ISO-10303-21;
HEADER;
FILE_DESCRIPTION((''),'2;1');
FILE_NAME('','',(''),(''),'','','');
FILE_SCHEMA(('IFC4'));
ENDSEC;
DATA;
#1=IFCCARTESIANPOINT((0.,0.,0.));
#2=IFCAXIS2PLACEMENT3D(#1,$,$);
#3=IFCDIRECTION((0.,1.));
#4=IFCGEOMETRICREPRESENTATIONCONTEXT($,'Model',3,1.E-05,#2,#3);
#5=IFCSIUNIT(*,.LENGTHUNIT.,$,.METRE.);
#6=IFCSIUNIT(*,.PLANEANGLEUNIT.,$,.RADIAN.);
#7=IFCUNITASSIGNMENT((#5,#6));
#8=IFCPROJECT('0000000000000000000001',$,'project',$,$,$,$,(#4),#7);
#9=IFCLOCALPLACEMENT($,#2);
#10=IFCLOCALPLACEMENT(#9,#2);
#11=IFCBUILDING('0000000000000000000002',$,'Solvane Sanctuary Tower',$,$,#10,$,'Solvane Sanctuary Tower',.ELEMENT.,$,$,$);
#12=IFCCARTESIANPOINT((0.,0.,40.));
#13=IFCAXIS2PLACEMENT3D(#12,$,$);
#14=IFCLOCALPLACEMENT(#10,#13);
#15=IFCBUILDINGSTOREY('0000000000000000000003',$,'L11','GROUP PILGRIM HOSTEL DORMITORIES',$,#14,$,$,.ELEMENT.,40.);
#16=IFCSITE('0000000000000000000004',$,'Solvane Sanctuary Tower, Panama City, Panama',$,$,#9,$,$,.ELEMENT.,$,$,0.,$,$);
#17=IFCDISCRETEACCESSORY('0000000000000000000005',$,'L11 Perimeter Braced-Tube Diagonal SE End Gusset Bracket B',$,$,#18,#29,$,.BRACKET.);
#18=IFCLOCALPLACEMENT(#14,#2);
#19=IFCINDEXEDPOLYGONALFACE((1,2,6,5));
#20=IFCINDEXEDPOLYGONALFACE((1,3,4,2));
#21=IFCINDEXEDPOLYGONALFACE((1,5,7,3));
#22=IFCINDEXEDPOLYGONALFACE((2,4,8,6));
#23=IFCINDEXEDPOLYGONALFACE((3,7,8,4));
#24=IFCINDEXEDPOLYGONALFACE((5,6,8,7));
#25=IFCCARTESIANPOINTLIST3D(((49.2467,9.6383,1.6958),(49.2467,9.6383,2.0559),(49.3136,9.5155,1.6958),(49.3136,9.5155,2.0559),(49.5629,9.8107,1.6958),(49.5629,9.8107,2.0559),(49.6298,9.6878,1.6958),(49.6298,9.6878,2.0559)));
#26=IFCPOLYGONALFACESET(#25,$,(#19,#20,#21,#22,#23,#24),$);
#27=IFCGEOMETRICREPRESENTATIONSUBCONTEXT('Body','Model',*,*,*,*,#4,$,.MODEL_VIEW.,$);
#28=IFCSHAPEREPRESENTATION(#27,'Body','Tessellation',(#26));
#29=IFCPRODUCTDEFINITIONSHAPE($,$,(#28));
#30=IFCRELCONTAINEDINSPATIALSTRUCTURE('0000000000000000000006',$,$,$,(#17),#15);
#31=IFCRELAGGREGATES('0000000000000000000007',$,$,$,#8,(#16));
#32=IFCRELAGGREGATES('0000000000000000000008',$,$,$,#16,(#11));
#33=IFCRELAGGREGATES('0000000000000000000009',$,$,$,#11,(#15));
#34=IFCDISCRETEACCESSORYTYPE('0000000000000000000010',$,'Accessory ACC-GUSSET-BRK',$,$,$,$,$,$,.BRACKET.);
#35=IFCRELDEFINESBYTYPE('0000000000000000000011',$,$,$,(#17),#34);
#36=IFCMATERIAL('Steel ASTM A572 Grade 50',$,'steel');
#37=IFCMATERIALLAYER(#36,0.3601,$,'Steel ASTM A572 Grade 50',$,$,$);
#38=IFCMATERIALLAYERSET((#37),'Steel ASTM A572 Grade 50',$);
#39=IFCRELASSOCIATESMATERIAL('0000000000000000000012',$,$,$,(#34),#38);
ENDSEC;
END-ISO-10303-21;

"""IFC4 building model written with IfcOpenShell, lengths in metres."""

from ifc_helpers import new_model, si_unit, direction, frame, origin, origin_2d, place, context, subcontext, project, spatial, rectangle, extrude, material, layer, layer_set, type_object, element, save


model = new_model("IFC4")

# Units and contexts
model_context = context("Model", 3, precision=1e-05, world=origin(), true_north=direction((0.0, 1.0)))
body_context = subcontext(model_context, "Body", "Model", "MODEL_VIEW")
ifc_project = project(units=[si_unit("LENGTHUNIT", "METRE"), si_unit("PLANEANGLEUNIT", "RADIAN")], contexts=[model_context])

# Site, building, storey
site_placement = place(None, origin())
site = spatial("IfcSite", under=ifc_project, at=site_placement, Name="Solvane Sanctuary Tower, Panama City, Panama", CompositionType="ELEMENT", RefElevation=0.0)
building_placement = place(site_placement, origin())
building = spatial("IfcBuilding", under=site, at=building_placement, Name="Solvane Sanctuary Tower", LongName="Solvane Sanctuary Tower", CompositionType="ELEMENT")
storey_placement = place(building_placement, frame((0.0, 0.0, 40.0)))
storey = spatial("IfcBuildingStorey", under=building, at=storey_placement, Name="L11", Description="GROUP PILGRIM HOSTEL DORMITORIES", CompositionType="ELEMENT", Elevation=40.0)

# Discrete accessory
ifc_material_1 = material(Name="Steel ASTM A572 Grade 50", Category="steel")
ifc_layer_1 = layer(ifc_material_1, 0.3601, Name="Steel ASTM A572 Grade 50")
ifc_layer_set_1 = layer_set([ifc_layer_1], Name="Steel ASTM A572 Grade 50")
discrete_accessory_type = type_object("IfcDiscreteAccessoryType", Name="Accessory ACC-GUSSET-BRK", PredefinedType="BRACKET", material=ifc_layer_set_1)
discrete_accessory_placement = place(storey_placement, frame((49.4382, 9.6631, 1.6958), z_axis=(0.0, 0.0, 1.0), x_axis=(0.878067, 0.478539, 0.0)))
element("IfcDiscreteAccessory", 1, at=discrete_accessory_placement, inside=storey, type_object=discrete_accessory_type, Name="L11 Perimeter Braced-Tube Diagonal SE End Gusset Bracket B", PredefinedType="BRACKET", context=body_context, shape_type="SweptSolid", body=[
    extrude(rectangle(XDim=0.3601, YDim=0.1399, at=origin_2d()), origin(), (0.0, 0.0, 1.0), 0.3601),
])

save(model, "model.ifc")
